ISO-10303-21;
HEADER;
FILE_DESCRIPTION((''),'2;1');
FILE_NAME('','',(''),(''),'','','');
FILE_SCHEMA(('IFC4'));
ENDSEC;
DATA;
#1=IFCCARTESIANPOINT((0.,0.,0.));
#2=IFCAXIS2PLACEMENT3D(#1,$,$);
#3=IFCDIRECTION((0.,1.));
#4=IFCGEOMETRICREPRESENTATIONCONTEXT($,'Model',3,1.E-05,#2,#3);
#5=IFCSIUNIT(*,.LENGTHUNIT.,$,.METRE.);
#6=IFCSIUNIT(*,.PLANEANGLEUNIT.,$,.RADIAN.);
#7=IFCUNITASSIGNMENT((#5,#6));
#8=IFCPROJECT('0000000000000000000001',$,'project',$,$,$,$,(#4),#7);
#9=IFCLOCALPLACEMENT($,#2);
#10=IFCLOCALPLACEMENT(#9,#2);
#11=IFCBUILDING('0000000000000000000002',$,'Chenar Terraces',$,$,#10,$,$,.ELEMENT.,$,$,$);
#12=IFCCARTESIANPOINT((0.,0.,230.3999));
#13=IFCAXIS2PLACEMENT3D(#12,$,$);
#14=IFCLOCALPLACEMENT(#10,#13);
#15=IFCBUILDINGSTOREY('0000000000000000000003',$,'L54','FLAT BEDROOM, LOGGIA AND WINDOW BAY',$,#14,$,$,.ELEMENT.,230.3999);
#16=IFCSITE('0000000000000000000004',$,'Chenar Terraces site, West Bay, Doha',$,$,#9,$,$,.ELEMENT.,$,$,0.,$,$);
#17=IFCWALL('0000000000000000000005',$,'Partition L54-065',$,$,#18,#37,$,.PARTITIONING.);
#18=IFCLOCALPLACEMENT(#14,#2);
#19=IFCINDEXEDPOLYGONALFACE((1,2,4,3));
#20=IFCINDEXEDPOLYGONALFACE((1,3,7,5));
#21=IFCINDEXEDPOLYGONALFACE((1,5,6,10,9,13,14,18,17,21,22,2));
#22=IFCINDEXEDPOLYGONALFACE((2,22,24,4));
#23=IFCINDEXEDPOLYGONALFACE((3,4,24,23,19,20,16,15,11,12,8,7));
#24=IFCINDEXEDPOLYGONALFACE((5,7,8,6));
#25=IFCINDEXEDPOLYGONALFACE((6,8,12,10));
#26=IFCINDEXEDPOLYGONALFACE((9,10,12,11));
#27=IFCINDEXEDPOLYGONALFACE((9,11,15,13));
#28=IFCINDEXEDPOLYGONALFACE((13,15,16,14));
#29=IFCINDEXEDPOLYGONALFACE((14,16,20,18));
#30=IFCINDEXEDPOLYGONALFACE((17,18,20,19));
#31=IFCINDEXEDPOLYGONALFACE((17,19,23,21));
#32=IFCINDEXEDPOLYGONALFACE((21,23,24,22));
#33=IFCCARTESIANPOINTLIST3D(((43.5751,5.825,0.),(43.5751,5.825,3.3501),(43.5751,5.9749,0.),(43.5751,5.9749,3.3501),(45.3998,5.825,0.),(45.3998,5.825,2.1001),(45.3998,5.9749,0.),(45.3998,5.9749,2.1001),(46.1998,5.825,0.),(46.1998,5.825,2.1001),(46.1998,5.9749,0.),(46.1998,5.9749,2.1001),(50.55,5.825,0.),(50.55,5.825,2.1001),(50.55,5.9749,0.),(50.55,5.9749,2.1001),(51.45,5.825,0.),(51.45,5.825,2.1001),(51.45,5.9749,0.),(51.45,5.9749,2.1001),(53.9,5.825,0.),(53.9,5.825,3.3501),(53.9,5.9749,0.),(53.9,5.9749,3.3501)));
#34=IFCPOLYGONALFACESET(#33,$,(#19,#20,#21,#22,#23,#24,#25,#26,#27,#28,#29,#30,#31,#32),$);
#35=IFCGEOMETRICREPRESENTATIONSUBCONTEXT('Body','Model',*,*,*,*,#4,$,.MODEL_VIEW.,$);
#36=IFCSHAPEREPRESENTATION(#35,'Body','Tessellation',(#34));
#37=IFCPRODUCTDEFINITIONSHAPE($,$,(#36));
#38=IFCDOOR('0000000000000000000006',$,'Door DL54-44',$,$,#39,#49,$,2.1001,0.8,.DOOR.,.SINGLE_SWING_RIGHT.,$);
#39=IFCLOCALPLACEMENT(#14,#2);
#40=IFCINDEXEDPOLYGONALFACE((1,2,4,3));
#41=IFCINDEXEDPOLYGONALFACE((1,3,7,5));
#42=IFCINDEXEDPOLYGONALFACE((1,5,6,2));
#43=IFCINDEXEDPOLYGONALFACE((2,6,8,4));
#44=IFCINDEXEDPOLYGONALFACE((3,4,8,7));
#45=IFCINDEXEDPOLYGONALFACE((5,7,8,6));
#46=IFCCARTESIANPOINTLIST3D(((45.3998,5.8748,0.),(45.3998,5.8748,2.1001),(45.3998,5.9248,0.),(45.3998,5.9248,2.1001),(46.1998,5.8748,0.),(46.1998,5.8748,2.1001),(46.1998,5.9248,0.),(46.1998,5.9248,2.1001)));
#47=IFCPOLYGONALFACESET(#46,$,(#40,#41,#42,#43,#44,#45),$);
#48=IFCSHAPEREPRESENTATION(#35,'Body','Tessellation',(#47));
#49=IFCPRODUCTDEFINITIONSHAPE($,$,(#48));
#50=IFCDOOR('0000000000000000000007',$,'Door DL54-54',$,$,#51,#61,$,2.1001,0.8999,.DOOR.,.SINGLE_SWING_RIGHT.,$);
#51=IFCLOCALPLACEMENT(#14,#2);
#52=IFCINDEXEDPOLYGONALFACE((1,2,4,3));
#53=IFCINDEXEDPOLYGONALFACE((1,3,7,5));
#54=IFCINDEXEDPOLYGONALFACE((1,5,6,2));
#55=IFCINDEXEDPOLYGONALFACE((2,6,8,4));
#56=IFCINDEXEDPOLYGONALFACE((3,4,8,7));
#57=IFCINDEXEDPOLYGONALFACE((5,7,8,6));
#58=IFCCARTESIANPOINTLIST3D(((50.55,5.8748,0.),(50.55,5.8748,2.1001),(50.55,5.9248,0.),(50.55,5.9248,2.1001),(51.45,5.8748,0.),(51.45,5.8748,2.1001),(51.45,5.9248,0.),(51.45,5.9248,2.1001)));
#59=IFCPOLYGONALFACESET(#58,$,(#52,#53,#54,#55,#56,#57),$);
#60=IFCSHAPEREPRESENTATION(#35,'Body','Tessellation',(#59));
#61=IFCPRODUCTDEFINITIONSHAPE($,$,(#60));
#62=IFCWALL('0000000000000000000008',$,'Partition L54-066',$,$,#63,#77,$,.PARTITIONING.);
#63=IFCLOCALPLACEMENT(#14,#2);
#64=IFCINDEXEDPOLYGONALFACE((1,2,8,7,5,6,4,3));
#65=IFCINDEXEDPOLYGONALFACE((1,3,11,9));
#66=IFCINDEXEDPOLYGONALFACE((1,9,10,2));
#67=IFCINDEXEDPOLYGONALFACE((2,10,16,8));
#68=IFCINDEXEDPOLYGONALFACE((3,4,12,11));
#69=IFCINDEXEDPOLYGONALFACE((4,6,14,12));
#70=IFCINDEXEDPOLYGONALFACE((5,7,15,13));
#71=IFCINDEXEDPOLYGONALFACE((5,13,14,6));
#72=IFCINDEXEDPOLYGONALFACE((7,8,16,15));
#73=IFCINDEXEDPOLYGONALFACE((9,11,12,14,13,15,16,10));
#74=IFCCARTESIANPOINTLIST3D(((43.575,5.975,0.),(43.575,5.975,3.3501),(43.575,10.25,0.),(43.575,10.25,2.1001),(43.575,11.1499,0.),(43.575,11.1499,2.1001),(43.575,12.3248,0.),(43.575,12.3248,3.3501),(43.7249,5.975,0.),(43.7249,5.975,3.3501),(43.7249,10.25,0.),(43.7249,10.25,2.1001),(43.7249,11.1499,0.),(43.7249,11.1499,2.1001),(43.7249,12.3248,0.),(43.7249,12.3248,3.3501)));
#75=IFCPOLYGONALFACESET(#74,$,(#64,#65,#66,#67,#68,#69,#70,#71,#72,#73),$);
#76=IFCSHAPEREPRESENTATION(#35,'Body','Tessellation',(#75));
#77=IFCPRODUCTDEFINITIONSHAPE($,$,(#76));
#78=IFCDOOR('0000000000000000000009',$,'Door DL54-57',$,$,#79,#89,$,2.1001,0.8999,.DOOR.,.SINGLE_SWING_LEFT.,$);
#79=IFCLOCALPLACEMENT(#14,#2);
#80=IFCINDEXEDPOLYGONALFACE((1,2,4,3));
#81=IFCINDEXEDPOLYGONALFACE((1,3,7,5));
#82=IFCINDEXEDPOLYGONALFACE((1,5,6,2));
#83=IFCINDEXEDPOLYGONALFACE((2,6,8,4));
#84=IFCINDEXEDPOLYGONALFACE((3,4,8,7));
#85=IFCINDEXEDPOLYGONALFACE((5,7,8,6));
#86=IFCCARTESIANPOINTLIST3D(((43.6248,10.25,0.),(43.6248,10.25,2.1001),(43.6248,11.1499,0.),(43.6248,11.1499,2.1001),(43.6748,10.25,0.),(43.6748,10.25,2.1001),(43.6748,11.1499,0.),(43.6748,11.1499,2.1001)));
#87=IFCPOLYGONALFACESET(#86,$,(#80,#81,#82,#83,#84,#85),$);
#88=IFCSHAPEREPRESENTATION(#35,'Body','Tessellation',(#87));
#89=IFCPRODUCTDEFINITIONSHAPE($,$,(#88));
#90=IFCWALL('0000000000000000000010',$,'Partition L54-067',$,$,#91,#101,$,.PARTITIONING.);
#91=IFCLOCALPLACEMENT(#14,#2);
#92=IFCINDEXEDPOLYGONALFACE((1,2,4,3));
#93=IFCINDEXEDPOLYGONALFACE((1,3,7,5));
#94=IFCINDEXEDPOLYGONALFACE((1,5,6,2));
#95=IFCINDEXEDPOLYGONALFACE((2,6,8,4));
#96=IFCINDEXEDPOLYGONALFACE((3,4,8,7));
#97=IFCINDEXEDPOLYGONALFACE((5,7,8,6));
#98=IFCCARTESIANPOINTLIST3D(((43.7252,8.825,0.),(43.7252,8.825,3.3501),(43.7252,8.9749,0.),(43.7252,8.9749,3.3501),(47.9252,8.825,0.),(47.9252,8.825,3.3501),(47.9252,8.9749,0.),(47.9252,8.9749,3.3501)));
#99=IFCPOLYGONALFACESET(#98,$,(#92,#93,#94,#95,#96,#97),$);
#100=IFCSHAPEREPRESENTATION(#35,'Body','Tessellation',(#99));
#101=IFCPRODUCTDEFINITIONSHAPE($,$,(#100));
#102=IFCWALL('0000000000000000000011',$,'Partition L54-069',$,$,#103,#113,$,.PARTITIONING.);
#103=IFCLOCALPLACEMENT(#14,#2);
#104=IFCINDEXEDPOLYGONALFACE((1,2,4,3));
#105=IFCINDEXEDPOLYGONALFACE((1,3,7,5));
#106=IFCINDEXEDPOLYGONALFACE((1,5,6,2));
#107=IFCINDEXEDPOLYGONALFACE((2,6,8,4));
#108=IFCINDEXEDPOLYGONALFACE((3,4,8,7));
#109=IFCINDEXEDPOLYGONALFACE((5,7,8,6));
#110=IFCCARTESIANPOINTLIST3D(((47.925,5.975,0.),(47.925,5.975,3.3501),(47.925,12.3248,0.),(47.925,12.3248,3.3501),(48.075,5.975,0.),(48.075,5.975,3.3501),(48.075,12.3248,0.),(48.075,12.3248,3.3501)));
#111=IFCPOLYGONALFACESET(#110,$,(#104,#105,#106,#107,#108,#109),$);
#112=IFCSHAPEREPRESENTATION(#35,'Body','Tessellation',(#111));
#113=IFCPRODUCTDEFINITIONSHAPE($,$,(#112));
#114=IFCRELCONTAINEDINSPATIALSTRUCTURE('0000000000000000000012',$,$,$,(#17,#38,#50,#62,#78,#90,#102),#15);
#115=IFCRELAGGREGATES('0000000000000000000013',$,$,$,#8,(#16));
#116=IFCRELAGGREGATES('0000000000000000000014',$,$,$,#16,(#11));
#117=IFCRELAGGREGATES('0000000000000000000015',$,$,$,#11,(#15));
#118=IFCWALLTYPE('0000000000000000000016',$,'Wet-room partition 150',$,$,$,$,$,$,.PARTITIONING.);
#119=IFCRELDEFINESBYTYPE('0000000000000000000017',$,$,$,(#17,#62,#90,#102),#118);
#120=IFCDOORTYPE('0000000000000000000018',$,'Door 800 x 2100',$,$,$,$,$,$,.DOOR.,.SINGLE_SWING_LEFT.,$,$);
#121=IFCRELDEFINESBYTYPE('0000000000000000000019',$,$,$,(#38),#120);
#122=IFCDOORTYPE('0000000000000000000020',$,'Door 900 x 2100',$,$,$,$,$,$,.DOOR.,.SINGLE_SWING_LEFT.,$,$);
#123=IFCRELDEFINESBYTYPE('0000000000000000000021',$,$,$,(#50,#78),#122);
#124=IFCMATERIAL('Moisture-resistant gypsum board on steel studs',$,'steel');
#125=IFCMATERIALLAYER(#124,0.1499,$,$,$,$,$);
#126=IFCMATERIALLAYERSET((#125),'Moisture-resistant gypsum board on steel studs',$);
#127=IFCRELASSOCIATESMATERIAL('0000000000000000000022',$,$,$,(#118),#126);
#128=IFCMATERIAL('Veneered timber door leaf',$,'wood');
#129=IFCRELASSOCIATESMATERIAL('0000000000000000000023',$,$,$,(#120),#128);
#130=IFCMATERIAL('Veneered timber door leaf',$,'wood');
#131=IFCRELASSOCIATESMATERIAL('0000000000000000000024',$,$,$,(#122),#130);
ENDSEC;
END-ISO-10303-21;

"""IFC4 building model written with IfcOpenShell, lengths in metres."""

from ifc_helpers import new_model, si_unit, direction, frame, frame_2d, origin, place, context, subcontext, project, spatial, rectangle, extrude, material, layer, layer_set, type_object, element, fill, save


model = new_model("IFC4")

# Units and contexts
model_context = context("Model", 3, precision=1e-05, world=origin(), true_north=direction((0.0, 1.0)))
body_context = subcontext(model_context, "Body", "Model", "MODEL_VIEW")
ifc_project = project(units=[si_unit("LENGTHUNIT", "METRE"), si_unit("PLANEANGLEUNIT", "RADIAN")], contexts=[model_context])

# Site, building, storey
site_placement = place(None, origin())
site = spatial("IfcSite", under=ifc_project, at=site_placement, Name="Chenar Terraces site, West Bay, Doha", CompositionType="ELEMENT", RefElevation=0.0)
building_placement = place(site_placement, origin())
building = spatial("IfcBuilding", under=site, at=building_placement, Name="Chenar Terraces", CompositionType="ELEMENT")
storey_placement = place(building_placement, frame((0.0, 0.0, 230.3999)))
storey = spatial("IfcBuildingStorey", under=building, at=storey_placement, Name="L54", Description="FLAT BEDROOM, LOGGIA AND WINDOW BAY", CompositionType="ELEMENT", Elevation=230.3999)

# Wall, openings, doors
ifc_material_1 = material(Name="Moisture-resistant gypsum board on steel studs", Category="steel")
ifc_layer_1 = layer(ifc_material_1, 0.1499)
ifc_layer_set_1 = layer_set([ifc_layer_1], Name="Moisture-resistant gypsum board on steel studs")
wall_type_1 = type_object("IfcWallType", Name="Wet-room partition 150", PredefinedType="PARTITIONING", material=ifc_layer_set_1)
wall_1_placement = place(storey_placement, frame((43.575, 5.8999, 0.0), z_axis=(0.0, 0.0, 1.0), x_axis=(1.0, 0.0, 0.0)))
wall_1 = element("IfcWall", 1, at=wall_1_placement, inside=storey, type_object=wall_type_1, Name="Partition L54-065", PredefinedType="PARTITIONING", context=body_context, shape_type="SweptSolid", body=[
    extrude(rectangle(XDim=10.325, YDim=0.1499, at=frame_2d((5.1626, 0.0))), origin(), (0.0, 0.0, 1.0), 3.3501),
])
opening_1_placement = place(wall_1_placement, frame((1.825, 0.0, 0.0)))
opening_1 = element("IfcOpeningElement", 2, at=opening_1_placement, cuts=wall_1, PredefinedType="OPENING", context=body_context, shape_type="SweptSolid", body=[
    extrude(rectangle(XDim=0.8, YDim=2.1001, at=frame_2d((0.3999, 1.05))), frame((0.0, 0.085, 0.0), z_axis=(0.0, -1.0, 0.0), x_axis=(1.0, 0.0, 0.0)), (0.0, 0.0, 1.0), 0.1699),
])
opening_2_placement = place(wall_1_placement, frame((6.9751, 0.0, 0.0)))
opening_2 = element("IfcOpeningElement", 3, at=opening_2_placement, cuts=wall_1, PredefinedType="OPENING", context=body_context, shape_type="SweptSolid", body=[
    extrude(rectangle(XDim=0.8999, YDim=2.1001, at=frame_2d((0.45, 1.05))), frame((0.0, 0.085, 0.0), z_axis=(0.0, -1.0, 0.0), x_axis=(1.0, 0.0, 0.0)), (0.0, 0.0, 1.0), 0.1699),
])
ifc_material_2 = material(Name="Veneered timber door leaf", Category="wood")
door_type_1 = type_object("IfcDoorType", Name="Door 800 x 2100", OperationType="SINGLE_SWING_LEFT", PredefinedType="DOOR", material=ifc_material_2)
door_1_placement = place(opening_1_placement, origin())
door_1 = element("IfcDoor", 4, at=door_1_placement, inside=storey, type_object=door_type_1, Name="Door DL54-44", OperationType="SINGLE_SWING_RIGHT", OverallHeight=2.1001, OverallWidth=0.8, PredefinedType="DOOR", context=body_context, shape_type="SweptSolid", body=[
    extrude(rectangle(XDim=0.8, YDim=2.1001, at=frame_2d((0.3999, 1.05))), frame((0.0, 0.0249, 0.0), z_axis=(0.0, -1.0, 0.0), x_axis=(1.0, 0.0, 0.0)), (0.0, 0.0, 1.0), 0.05),
])
fill(opening_1, door_1)
ifc_material_3 = material(Name="Veneered timber door leaf", Category="wood")
door_type_2 = type_object("IfcDoorType", Name="Door 900 x 2100", OperationType="SINGLE_SWING_LEFT", PredefinedType="DOOR", material=ifc_material_3)
door_2_placement = place(opening_2_placement, origin())
door_2 = element("IfcDoor", 5, at=door_2_placement, inside=storey, type_object=door_type_2, Name="Door DL54-54", OperationType="SINGLE_SWING_RIGHT", OverallHeight=2.1001, OverallWidth=0.8999, PredefinedType="DOOR", context=body_context, shape_type="SweptSolid", body=[
    extrude(rectangle(XDim=0.8999, YDim=2.1001, at=frame_2d((0.45, 1.05))), frame((0.0, 0.0249, 0.0), z_axis=(0.0, -1.0, 0.0), x_axis=(1.0, 0.0, 0.0)), (0.0, 0.0, 1.0), 0.05),
])
fill(opening_2, door_2)

# Wall, opening, door
wall_2_placement = place(storey_placement, frame((43.6499, 5.9751, 0.0), z_axis=(0.0, 0.0, 1.0), x_axis=(0.0, 1.0, 0.0)))
wall_2 = element("IfcWall", 6, at=wall_2_placement, inside=storey, type_object=wall_type_1, Name="Partition L54-066", PredefinedType="PARTITIONING", context=body_context, shape_type="SweptSolid", body=[
    extrude(rectangle(XDim=6.3499, YDim=0.1499, at=frame_2d((3.1748, 0.0))), origin(), (0.0, 0.0, 1.0), 3.3501),
])
opening_3_placement = place(wall_2_placement, frame((4.2749, 0.0, 0.0)))
opening_3 = element("IfcOpeningElement", 7, at=opening_3_placement, cuts=wall_2, PredefinedType="OPENING", context=body_context, shape_type="SweptSolid", body=[
    extrude(rectangle(XDim=0.8999, YDim=2.1001, at=frame_2d((0.45, 1.05))), frame((0.0, 0.085, 0.0), z_axis=(0.0, -1.0, 0.0), x_axis=(1.0, 0.0, 0.0)), (0.0, 0.0, 1.0), 0.1699),
])
door_3_placement = place(opening_3_placement, frame((0.8999, 0.0, 0.0), z_axis=(0.0, 0.0, 1.0), x_axis=(-1.0, 0.0, 0.0)))
door_3 = element("IfcDoor", 8, at=door_3_placement, inside=storey, type_object=door_type_2, Name="Door DL54-57", OperationType="SINGLE_SWING_LEFT", OverallHeight=2.1001, OverallWidth=0.8999, PredefinedType="DOOR", context=body_context, shape_type="SweptSolid", body=[
    extrude(rectangle(XDim=0.8999, YDim=2.1001, at=frame_2d((0.45, 1.05))), frame((0.0, 0.0249, 0.0), z_axis=(0.0, -1.0, 0.0), x_axis=(1.0, 0.0, 0.0)), (0.0, 0.0, 1.0), 0.05),
])
fill(opening_3, door_3)

# Walls
wall_3_placement = place(storey_placement, frame((43.7251, 8.8999, 0.0), z_axis=(0.0, 0.0, 1.0), x_axis=(1.0, 0.0, 0.0)))
element("IfcWall", 9, at=wall_3_placement, inside=storey, type_object=wall_type_1, Name="Partition L54-067", PredefinedType="PARTITIONING", context=body_context, shape_type="SweptSolid", body=[
    extrude(rectangle(XDim=4.2, YDim=0.1499, at=frame_2d((2.1001, 0.0))), origin(), (0.0, 0.0, 1.0), 3.3501),
])
wall_4_placement = place(storey_placement, frame((48.0, 5.9751, 0.0), z_axis=(0.0, 0.0, 1.0), x_axis=(0.0, 1.0, 0.0)))
element("IfcWall", 10, at=wall_4_placement, inside=storey, type_object=wall_type_1, Name="Partition L54-069", PredefinedType="PARTITIONING", context=body_context, shape_type="SweptSolid", body=[
    extrude(rectangle(XDim=6.3499, YDim=0.1499, at=frame_2d((3.1748, 0.0))), origin(), (0.0, 0.0, 1.0), 3.3501),
])

save(model, "model.ifc")
